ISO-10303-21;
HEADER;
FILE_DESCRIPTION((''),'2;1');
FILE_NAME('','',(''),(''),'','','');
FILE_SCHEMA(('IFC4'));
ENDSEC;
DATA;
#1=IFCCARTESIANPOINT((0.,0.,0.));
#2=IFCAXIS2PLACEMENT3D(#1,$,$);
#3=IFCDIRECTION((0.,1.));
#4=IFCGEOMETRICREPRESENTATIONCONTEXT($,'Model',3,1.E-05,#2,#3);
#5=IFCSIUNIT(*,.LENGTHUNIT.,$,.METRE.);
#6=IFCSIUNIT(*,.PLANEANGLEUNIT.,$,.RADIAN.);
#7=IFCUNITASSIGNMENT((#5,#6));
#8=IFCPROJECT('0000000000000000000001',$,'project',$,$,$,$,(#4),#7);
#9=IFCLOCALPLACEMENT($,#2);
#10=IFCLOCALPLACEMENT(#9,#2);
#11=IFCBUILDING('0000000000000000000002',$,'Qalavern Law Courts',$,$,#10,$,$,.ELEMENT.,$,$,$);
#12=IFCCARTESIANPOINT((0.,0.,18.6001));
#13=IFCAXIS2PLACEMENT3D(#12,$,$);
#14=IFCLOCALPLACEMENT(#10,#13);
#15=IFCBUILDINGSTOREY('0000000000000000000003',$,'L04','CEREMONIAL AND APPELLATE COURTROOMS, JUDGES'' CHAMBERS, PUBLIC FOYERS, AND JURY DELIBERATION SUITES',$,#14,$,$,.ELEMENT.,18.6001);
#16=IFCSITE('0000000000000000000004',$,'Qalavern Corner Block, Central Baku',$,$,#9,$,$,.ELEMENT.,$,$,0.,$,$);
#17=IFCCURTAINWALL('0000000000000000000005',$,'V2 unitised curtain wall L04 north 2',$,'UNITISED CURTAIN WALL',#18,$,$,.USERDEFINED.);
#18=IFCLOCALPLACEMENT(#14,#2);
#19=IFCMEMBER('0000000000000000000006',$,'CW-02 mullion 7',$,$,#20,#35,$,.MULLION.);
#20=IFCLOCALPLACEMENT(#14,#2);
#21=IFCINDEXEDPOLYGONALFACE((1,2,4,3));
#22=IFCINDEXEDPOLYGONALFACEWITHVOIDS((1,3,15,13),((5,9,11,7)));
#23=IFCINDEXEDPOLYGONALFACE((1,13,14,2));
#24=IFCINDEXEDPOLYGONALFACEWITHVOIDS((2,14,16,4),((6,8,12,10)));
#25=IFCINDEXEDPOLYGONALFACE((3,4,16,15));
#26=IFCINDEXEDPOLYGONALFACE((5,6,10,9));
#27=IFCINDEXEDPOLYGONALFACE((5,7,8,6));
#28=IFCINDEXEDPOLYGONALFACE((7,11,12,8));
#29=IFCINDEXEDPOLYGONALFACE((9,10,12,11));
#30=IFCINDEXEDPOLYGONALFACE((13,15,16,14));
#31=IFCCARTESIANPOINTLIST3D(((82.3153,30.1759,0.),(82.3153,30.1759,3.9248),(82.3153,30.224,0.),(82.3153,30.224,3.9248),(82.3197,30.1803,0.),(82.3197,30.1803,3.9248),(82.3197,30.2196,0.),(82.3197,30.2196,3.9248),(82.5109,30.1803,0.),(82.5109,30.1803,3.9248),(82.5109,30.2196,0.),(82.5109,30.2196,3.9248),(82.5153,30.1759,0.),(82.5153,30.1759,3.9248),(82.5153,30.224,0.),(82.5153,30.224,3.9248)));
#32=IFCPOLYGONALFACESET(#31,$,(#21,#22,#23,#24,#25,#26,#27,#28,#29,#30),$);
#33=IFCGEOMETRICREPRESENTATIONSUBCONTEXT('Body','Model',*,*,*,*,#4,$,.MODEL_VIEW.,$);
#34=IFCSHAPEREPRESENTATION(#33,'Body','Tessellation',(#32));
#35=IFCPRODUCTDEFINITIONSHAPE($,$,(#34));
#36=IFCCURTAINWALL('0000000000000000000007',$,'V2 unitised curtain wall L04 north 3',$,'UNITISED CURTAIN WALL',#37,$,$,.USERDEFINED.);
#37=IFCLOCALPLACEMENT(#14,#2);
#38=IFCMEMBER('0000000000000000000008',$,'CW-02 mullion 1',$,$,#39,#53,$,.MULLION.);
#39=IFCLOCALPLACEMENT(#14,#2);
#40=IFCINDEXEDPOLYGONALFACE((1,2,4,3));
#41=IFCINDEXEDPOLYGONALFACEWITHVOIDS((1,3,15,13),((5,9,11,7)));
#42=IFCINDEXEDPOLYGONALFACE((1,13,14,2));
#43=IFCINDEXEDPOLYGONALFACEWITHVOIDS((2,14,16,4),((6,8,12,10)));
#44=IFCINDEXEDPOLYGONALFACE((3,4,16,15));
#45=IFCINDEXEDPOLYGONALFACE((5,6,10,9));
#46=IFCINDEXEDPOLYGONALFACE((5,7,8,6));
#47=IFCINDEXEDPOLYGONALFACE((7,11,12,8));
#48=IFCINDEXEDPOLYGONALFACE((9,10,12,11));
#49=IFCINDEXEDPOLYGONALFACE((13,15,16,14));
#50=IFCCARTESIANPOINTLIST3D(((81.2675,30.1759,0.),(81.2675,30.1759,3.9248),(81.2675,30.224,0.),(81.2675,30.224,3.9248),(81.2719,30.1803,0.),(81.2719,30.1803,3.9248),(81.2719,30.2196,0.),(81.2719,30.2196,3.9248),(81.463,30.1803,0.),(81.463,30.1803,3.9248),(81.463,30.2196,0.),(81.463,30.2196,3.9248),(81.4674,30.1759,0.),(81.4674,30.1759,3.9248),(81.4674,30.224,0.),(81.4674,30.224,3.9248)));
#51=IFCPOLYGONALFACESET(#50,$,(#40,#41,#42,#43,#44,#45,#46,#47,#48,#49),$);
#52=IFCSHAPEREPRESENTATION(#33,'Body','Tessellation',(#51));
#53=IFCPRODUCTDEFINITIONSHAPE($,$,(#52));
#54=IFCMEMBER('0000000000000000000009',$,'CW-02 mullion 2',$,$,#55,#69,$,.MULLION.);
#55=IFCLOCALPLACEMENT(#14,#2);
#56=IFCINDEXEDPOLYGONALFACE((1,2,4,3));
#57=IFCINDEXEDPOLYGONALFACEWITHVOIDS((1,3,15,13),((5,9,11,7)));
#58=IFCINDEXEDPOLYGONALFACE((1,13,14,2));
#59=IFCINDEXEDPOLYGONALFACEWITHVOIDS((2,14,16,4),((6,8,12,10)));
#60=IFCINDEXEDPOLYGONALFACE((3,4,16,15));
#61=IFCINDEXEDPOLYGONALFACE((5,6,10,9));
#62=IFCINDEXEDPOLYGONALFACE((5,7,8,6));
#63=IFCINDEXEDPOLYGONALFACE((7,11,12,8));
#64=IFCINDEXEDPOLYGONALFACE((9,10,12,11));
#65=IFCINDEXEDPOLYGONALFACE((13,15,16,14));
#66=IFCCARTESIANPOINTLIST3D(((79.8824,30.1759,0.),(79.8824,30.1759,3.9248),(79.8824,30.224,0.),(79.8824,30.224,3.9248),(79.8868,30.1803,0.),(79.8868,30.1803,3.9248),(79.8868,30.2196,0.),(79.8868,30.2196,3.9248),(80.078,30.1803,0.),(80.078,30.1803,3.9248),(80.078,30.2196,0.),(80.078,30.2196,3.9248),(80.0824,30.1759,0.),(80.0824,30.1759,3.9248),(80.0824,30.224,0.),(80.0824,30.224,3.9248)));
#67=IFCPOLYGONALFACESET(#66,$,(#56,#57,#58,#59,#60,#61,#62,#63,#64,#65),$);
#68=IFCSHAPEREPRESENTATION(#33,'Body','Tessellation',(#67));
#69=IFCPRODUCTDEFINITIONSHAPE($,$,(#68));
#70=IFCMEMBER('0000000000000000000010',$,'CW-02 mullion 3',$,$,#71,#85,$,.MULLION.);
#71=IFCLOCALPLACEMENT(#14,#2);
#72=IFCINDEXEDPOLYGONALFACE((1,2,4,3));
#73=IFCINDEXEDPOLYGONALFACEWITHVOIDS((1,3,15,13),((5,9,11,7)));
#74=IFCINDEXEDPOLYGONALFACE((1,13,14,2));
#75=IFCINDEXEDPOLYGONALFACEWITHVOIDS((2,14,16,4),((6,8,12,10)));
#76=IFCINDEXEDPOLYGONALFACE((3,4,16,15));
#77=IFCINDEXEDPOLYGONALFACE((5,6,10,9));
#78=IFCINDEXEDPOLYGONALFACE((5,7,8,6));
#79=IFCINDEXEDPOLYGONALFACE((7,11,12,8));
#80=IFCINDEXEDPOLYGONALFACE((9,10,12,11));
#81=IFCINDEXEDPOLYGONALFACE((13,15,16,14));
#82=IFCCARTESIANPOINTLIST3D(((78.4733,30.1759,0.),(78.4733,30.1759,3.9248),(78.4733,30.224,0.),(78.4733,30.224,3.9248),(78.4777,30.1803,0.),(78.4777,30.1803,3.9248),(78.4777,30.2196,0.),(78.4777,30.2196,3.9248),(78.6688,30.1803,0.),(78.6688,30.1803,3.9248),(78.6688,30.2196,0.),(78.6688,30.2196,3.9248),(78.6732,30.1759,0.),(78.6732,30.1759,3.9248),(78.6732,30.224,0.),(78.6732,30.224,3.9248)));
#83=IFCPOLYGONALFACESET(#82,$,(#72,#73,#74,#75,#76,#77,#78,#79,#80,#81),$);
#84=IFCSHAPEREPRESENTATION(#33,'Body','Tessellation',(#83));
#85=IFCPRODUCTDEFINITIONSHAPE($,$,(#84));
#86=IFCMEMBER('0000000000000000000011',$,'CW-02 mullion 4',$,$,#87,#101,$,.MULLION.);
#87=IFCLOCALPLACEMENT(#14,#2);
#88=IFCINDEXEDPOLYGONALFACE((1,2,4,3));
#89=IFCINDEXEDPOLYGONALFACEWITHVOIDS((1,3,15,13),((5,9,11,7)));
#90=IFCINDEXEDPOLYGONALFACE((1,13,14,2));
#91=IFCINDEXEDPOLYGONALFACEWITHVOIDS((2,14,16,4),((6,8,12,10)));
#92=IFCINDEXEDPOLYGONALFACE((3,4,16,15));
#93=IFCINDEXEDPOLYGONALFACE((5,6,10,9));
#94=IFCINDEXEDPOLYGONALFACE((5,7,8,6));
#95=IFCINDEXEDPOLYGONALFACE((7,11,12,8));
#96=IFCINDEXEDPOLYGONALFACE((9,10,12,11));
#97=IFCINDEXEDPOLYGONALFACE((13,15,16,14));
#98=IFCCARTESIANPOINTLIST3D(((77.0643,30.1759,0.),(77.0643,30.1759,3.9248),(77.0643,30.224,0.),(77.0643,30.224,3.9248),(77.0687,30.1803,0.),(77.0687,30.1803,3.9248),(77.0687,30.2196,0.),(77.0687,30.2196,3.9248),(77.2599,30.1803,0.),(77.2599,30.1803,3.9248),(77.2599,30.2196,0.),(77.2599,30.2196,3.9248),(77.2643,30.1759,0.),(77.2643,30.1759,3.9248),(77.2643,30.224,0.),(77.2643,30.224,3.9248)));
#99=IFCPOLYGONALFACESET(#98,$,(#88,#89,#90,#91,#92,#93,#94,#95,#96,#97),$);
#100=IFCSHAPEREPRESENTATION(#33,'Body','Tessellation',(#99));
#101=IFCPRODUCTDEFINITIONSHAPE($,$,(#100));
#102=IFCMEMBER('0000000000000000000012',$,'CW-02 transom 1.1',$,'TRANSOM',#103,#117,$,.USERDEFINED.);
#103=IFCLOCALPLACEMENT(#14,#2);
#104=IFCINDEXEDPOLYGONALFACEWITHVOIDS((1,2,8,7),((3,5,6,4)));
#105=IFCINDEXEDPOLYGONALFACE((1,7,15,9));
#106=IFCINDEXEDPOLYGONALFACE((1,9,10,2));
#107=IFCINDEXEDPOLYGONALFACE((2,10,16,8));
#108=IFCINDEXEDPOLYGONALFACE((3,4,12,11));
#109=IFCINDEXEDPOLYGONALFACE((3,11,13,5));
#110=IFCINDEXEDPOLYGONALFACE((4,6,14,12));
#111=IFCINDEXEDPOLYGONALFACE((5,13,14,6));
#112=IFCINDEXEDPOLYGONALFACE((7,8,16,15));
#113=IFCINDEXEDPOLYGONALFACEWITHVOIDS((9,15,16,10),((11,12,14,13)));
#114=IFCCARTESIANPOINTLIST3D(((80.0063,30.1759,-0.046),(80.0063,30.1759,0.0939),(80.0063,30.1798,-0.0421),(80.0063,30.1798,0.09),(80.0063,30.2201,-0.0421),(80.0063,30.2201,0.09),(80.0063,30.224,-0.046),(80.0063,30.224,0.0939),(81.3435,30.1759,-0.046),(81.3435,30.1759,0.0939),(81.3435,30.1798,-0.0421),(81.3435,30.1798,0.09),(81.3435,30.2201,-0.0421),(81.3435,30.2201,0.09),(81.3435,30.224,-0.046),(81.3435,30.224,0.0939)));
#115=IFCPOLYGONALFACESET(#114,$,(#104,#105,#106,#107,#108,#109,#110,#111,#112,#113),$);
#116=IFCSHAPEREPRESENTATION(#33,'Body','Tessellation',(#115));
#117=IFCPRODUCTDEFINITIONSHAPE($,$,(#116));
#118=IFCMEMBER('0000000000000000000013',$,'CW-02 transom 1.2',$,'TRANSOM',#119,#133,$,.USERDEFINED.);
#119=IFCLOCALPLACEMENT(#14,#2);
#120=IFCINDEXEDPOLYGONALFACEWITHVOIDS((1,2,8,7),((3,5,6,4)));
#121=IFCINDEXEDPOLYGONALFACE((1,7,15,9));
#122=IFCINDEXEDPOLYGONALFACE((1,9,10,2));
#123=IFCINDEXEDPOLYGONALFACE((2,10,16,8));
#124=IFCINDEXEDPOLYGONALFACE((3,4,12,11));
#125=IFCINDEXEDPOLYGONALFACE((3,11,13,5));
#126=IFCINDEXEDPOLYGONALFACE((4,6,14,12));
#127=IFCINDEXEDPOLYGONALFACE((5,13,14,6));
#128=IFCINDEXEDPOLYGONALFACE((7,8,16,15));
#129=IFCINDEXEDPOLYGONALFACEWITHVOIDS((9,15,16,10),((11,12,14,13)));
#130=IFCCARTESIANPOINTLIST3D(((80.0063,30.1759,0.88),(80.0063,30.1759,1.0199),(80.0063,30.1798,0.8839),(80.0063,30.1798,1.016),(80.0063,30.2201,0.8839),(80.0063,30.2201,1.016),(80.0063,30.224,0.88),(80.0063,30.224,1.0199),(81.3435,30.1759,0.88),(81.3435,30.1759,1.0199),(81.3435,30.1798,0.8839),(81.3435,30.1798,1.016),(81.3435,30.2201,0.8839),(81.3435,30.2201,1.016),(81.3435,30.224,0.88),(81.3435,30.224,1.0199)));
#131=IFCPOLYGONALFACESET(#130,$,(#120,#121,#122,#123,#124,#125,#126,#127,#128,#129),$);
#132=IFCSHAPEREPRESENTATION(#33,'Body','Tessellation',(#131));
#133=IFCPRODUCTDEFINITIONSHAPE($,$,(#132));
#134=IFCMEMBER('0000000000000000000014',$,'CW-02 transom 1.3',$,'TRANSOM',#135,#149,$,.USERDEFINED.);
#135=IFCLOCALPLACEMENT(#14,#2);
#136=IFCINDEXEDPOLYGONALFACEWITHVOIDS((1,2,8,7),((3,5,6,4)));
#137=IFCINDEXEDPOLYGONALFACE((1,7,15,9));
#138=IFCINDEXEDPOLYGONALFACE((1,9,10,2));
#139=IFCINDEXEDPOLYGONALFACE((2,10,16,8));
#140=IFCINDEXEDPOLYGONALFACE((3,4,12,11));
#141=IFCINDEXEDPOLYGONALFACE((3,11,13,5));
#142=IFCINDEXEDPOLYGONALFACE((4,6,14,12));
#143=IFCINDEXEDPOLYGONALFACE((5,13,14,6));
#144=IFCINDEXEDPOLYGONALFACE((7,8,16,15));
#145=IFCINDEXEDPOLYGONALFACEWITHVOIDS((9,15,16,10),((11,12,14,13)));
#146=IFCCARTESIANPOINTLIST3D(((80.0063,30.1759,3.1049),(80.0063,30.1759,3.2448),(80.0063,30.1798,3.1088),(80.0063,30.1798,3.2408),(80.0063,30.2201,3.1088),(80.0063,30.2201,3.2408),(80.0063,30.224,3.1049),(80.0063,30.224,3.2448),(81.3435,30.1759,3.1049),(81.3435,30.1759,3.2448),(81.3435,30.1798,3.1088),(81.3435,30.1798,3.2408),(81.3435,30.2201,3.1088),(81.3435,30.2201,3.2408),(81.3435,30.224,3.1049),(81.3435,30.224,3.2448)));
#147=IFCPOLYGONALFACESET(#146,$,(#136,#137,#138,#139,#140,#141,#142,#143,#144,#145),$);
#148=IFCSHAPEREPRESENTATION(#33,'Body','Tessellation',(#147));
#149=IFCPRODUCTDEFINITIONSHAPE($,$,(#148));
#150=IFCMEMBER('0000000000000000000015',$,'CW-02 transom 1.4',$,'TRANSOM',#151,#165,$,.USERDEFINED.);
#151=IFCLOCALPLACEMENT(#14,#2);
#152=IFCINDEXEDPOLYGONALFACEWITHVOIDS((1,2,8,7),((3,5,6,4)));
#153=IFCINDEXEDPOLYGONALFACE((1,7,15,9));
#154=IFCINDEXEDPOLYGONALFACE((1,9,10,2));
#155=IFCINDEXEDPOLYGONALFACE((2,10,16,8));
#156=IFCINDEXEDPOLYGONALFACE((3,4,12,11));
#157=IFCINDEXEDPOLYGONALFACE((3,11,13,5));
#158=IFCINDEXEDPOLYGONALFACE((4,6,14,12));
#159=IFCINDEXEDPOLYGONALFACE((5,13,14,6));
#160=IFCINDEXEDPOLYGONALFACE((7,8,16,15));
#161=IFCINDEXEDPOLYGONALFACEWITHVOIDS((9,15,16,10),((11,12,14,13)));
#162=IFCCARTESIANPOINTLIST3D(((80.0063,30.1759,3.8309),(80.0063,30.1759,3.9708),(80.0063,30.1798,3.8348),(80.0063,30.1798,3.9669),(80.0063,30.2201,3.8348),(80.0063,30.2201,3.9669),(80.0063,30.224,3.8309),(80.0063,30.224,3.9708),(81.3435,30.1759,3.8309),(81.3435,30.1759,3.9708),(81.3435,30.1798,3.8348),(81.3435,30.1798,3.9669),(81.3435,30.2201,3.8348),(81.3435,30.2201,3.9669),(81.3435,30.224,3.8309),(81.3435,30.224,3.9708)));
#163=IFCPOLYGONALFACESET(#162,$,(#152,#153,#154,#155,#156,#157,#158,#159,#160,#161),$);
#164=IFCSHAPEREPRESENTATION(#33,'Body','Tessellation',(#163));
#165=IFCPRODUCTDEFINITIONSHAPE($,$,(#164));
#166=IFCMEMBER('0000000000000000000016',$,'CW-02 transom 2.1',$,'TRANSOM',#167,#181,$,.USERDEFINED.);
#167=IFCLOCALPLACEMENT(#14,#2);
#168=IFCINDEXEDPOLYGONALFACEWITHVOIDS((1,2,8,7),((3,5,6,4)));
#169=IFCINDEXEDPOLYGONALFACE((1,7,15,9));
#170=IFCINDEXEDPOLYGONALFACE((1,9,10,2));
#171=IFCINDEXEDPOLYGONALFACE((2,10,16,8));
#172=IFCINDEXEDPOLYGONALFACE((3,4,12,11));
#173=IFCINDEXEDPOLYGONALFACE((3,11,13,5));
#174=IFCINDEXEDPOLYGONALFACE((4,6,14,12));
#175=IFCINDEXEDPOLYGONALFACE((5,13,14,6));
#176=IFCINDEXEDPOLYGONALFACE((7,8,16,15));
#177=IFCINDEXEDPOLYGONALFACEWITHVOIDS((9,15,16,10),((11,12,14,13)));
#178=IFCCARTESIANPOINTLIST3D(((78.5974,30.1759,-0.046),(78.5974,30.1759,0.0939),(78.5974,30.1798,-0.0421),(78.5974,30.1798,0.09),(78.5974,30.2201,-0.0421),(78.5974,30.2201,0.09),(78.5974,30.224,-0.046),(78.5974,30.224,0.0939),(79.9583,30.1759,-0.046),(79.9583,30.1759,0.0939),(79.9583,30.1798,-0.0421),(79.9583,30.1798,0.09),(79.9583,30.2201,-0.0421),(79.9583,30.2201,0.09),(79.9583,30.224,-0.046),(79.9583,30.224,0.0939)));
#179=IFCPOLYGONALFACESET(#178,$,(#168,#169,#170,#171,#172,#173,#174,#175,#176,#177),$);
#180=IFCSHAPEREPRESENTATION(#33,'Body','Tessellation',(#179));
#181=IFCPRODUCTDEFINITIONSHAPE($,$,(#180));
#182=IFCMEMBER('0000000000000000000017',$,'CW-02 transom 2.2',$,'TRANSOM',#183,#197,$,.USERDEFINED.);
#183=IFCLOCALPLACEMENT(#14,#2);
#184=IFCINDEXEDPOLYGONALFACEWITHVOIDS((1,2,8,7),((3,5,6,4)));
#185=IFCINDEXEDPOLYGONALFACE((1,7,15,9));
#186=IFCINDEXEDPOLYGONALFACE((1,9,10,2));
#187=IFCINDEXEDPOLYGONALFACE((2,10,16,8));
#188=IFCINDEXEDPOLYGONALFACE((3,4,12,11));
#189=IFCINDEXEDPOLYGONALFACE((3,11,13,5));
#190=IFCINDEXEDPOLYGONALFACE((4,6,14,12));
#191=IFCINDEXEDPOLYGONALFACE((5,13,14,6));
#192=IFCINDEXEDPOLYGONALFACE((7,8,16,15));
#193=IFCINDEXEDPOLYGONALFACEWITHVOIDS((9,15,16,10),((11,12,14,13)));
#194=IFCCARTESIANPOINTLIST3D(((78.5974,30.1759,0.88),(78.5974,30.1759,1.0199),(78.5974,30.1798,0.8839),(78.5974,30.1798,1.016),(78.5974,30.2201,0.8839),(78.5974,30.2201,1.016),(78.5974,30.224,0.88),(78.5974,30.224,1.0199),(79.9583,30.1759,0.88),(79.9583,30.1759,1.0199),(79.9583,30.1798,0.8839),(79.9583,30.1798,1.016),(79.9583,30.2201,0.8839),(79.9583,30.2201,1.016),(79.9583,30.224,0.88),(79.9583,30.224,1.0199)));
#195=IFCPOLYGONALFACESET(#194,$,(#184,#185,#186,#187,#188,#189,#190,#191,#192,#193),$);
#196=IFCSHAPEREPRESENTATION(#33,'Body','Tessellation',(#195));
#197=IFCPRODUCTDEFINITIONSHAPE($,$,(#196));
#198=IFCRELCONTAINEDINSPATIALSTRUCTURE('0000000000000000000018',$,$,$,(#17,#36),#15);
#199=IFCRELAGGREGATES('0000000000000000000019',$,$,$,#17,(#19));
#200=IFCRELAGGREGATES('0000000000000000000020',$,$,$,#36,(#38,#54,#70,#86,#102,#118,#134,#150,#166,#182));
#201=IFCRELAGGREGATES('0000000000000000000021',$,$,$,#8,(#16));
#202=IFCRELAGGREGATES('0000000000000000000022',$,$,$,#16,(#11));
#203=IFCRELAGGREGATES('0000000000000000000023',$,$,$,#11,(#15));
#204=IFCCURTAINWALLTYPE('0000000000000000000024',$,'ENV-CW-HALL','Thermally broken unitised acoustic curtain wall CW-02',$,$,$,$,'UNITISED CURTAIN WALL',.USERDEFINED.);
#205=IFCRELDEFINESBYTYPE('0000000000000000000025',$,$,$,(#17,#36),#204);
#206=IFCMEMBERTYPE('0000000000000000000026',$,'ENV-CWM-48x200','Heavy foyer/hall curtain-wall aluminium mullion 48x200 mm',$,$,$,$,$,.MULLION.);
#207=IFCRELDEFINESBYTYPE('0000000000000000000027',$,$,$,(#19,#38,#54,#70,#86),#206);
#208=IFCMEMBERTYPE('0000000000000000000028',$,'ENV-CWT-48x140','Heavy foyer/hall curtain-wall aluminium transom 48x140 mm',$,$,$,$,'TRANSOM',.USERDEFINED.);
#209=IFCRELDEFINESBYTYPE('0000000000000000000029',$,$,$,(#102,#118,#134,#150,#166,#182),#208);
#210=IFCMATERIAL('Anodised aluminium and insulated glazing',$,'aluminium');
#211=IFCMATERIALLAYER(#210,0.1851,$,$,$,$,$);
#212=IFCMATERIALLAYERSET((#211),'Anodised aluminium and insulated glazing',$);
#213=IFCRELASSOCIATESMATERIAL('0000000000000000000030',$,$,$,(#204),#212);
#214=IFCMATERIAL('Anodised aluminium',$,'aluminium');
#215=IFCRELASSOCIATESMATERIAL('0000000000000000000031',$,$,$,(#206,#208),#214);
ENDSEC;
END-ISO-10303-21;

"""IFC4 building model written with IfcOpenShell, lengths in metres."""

from ifc_helpers import new_model, si_unit, direction, frame, origin, origin_2d, place, context, subcontext, project, spatial, hollow_rectangle, extrude, material, layer, layer_set, material_profile, profile_set, type_object, element, aggregate, save


model = new_model("IFC4")

# Units and contexts
model_context = context("Model", 3, precision=1e-05, world=origin(), true_north=direction((0.0, 1.0)))
body_context = subcontext(model_context, "Body", "Model", "MODEL_VIEW")
ifc_project = project(units=[si_unit("LENGTHUNIT", "METRE"), si_unit("PLANEANGLEUNIT", "RADIAN")], contexts=[model_context])

# Site, building, storey
site_placement = place(None, origin())
site = spatial("IfcSite", under=ifc_project, at=site_placement, Name="Qalavern Corner Block, Central Baku", CompositionType="ELEMENT", RefElevation=0.0)
building_placement = place(site_placement, origin())
building = spatial("IfcBuilding", under=site, at=building_placement, Name="Qalavern Law Courts", CompositionType="ELEMENT")
storey_placement = place(building_placement, frame((0.0, 0.0, 18.6001)))
storey = spatial("IfcBuildingStorey", under=building, at=storey_placement, Name="L04", Description="CEREMONIAL AND APPELLATE COURTROOMS, JUDGES' CHAMBERS, PUBLIC FOYERS, AND JURY DELIBERATION SUITES", CompositionType="ELEMENT", Elevation=18.6001)

# Curtain wall, member
ifc_material_1 = material(Name="Anodised aluminium and insulated glazing", Category="aluminium")
ifc_layer_1 = layer(ifc_material_1, 0.1851)
ifc_layer_set_1 = layer_set([ifc_layer_1], Name="Anodised aluminium and insulated glazing")
curtain_wall_type = type_object("IfcCurtainWallType", Name="ENV-CW-HALL", Description="Thermally broken unitised acoustic curtain wall CW-02", ElementType="UNITISED CURTAIN WALL", PredefinedType="USERDEFINED", material=ifc_layer_set_1)
curtain_wall_1_placement = place(storey_placement, origin())
curtain_wall_1 = element("IfcCurtainWall", 1, at=curtain_wall_1_placement, inside=storey, type_object=curtain_wall_type, Name="V2 unitised curtain wall L04 north 2", ObjectType="UNITISED CURTAIN WALL", PredefinedType="USERDEFINED")
ifc_material_2 = material(Name="Anodised aluminium", Category="aluminium")
ifc_material_profile_1 = material_profile(ifc_material_2, hollow_rectangle(XDim=0.0481, YDim=0.2, WallThickness=0.0044, at=origin_2d()), Name="ALU MULLION 48x200")
ifc_profile_set_1 = profile_set([ifc_material_profile_1], Name="Anodised aluminium")
member_type_1 = type_object("IfcMemberType", Name="ENV-CWM-48x200", Description="Heavy foyer/hall curtain-wall aluminium mullion 48x200 mm", PredefinedType="MULLION", material=ifc_profile_set_1)
member_1_placement = place(storey_placement, frame((82.4153, 30.2, 0.0), z_axis=(0.0, 0.0, 1.0), x_axis=(0.0, -1.0, 0.0)))
member_1 = element("IfcMember", 2, at=member_1_placement, type_object=member_type_1, Name="CW-02 mullion 7", PredefinedType="MULLION", context=body_context, shape_type="SweptSolid", body=[
    extrude(hollow_rectangle(XDim=0.0481, YDim=0.2, WallThickness=0.0044, at=origin_2d()), origin(), (0.0, 0.0, 1.0), 3.9248),
])

# Curtain wall, members
curtain_wall_2_placement = place(storey_placement, origin())
curtain_wall_2 = element("IfcCurtainWall", 3, at=curtain_wall_2_placement, inside=storey, type_object=curtain_wall_type, Name="V2 unitised curtain wall L04 north 3", ObjectType="UNITISED CURTAIN WALL", PredefinedType="USERDEFINED")
member_2_placement = place(storey_placement, frame((81.3674, 30.2, 0.0), z_axis=(0.0, 0.0, 1.0), x_axis=(0.0, -1.0, 0.0)))
member_2 = element("IfcMember", 4, at=member_2_placement, type_object=member_type_1, Name="CW-02 mullion 1", PredefinedType="MULLION", context=body_context, shape_type="SweptSolid", body=[
    extrude(hollow_rectangle(XDim=0.0481, YDim=0.2, WallThickness=0.0044, at=origin_2d()), origin(), (0.0, 0.0, 1.0), 3.9248),
])
member_3_placement = place(storey_placement, frame((79.9824, 30.2, 0.0), z_axis=(0.0, 0.0, 1.0), x_axis=(0.0, -1.0, 0.0)))
member_3 = element("IfcMember", 5, at=member_3_placement, type_object=member_type_1, Name="CW-02 mullion 2", PredefinedType="MULLION", context=body_context, shape_type="SweptSolid", body=[
    extrude(hollow_rectangle(XDim=0.0481, YDim=0.2, WallThickness=0.0044, at=origin_2d()), origin(), (0.0, 0.0, 1.0), 3.9248),
])
member_4_placement = place(storey_placement, frame((78.5732, 30.2, 0.0), z_axis=(0.0, 0.0, 1.0), x_axis=(0.0, -1.0, 0.0)))
member_4 = element("IfcMember", 6, at=member_4_placement, type_object=member_type_1, Name="CW-02 mullion 3", PredefinedType="MULLION", context=body_context, shape_type="SweptSolid", body=[
    extrude(hollow_rectangle(XDim=0.0481, YDim=0.2, WallThickness=0.0044, at=origin_2d()), origin(), (0.0, 0.0, 1.0), 3.9248),
])
member_5_placement = place(storey_placement, frame((77.1643, 30.2, 0.0), z_axis=(0.0, 0.0, 1.0), x_axis=(0.0, -1.0, 0.0)))
member_5 = element("IfcMember", 7, at=member_5_placement, type_object=member_type_1, Name="CW-02 mullion 4", PredefinedType="MULLION", context=body_context, shape_type="SweptSolid", body=[
    extrude(hollow_rectangle(XDim=0.0481, YDim=0.2, WallThickness=0.0044, at=origin_2d()), origin(), (0.0, 0.0, 1.0), 3.9248),
])
ifc_material_profile_2 = material_profile(ifc_material_2, hollow_rectangle(XDim=0.0481, YDim=0.1399, WallThickness=0.0039, at=origin_2d()), Name="ALU TRANSOM 48x140")
ifc_profile_set_2 = profile_set([ifc_material_profile_2], Name="Anodised aluminium")
member_type_2 = type_object("IfcMemberType", Name="ENV-CWT-48x140", Description="Heavy foyer/hall curtain-wall aluminium transom 48x140 mm", ElementType="TRANSOM", PredefinedType="USERDEFINED", material=ifc_profile_set_2)
member_6_placement = place(storey_placement, frame((81.3435, 30.2, 0.0239), z_axis=(-1.0, 0.0, 0.0), x_axis=(0.0, -1.0, 0.0)))
member_6 = element("IfcMember", 8, at=member_6_placement, type_object=member_type_2, Name="CW-02 transom 1.1", ObjectType="TRANSOM", PredefinedType="USERDEFINED", context=body_context, shape_type="SweptSolid", body=[
    extrude(hollow_rectangle(XDim=0.0481, YDim=0.1399, WallThickness=0.0039, at=origin_2d()), origin(), (0.0, 0.0, 1.0), 1.3372),
])
member_7_placement = place(storey_placement, frame((81.3435, 30.2, 0.95), z_axis=(-1.0, 0.0, 0.0), x_axis=(0.0, -1.0, 0.0)))
member_7 = element("IfcMember", 9, at=member_7_placement, type_object=member_type_2, Name="CW-02 transom 1.2", ObjectType="TRANSOM", PredefinedType="USERDEFINED", context=body_context, shape_type="SweptSolid", body=[
    extrude(hollow_rectangle(XDim=0.0481, YDim=0.1399, WallThickness=0.0039, at=origin_2d()), origin(), (0.0, 0.0, 1.0), 1.3372),
])
member_8_placement = place(storey_placement, frame((81.3435, 30.2, 3.1748), z_axis=(-1.0, 0.0, 0.0), x_axis=(0.0, -1.0, 0.0)))
member_8 = element("IfcMember", 10, at=member_8_placement, type_object=member_type_2, Name="CW-02 transom 1.3", ObjectType="TRANSOM", PredefinedType="USERDEFINED", context=body_context, shape_type="SweptSolid", body=[
    extrude(hollow_rectangle(XDim=0.0481, YDim=0.1399, WallThickness=0.0039, at=origin_2d()), origin(), (0.0, 0.0, 1.0), 1.3372),
])
member_9_placement = place(storey_placement, frame((81.3435, 30.2, 3.9009), z_axis=(-1.0, 0.0, 0.0), x_axis=(0.0, -1.0, 0.0)))
member_9 = element("IfcMember", 11, at=member_9_placement, type_object=member_type_2, Name="CW-02 transom 1.4", ObjectType="TRANSOM", PredefinedType="USERDEFINED", context=body_context, shape_type="SweptSolid", body=[
    extrude(hollow_rectangle(XDim=0.0481, YDim=0.1399, WallThickness=0.0039, at=origin_2d()), origin(), (0.0, 0.0, 1.0), 1.3372),
])
member_10_placement = place(storey_placement, frame((79.9583, 30.2, 0.0239), z_axis=(-1.0, 0.0, 0.0), x_axis=(0.0, -1.0, 0.0)))
member_10 = element("IfcMember", 12, at=member_10_placement, type_object=member_type_2, Name="CW-02 transom 2.1", ObjectType="TRANSOM", PredefinedType="USERDEFINED", context=body_context, shape_type="SweptSolid", body=[
    extrude(hollow_rectangle(XDim=0.0481, YDim=0.1399, WallThickness=0.0039, at=origin_2d()), origin(), (0.0, 0.0, 1.0), 1.3608),
])
member_11_placement = place(storey_placement, frame((79.9583, 30.2, 0.95), z_axis=(-1.0, 0.0, 0.0), x_axis=(0.0, -1.0, 0.0)))
member_11 = element("IfcMember", 13, at=member_11_placement, type_object=member_type_2, Name="CW-02 transom 2.2", ObjectType="TRANSOM", PredefinedType="USERDEFINED", context=body_context, shape_type="SweptSolid", body=[
    extrude(hollow_rectangle(XDim=0.0481, YDim=0.1399, WallThickness=0.0039, at=origin_2d()), origin(), (0.0, 0.0, 1.0), 1.3608),
])

aggregate(curtain_wall_1, [member_1])
aggregate(curtain_wall_2, [member_2, member_3, member_4, member_5, member_6, member_7, member_8, member_9, member_10, member_11])

save(model, "model.ifc")
